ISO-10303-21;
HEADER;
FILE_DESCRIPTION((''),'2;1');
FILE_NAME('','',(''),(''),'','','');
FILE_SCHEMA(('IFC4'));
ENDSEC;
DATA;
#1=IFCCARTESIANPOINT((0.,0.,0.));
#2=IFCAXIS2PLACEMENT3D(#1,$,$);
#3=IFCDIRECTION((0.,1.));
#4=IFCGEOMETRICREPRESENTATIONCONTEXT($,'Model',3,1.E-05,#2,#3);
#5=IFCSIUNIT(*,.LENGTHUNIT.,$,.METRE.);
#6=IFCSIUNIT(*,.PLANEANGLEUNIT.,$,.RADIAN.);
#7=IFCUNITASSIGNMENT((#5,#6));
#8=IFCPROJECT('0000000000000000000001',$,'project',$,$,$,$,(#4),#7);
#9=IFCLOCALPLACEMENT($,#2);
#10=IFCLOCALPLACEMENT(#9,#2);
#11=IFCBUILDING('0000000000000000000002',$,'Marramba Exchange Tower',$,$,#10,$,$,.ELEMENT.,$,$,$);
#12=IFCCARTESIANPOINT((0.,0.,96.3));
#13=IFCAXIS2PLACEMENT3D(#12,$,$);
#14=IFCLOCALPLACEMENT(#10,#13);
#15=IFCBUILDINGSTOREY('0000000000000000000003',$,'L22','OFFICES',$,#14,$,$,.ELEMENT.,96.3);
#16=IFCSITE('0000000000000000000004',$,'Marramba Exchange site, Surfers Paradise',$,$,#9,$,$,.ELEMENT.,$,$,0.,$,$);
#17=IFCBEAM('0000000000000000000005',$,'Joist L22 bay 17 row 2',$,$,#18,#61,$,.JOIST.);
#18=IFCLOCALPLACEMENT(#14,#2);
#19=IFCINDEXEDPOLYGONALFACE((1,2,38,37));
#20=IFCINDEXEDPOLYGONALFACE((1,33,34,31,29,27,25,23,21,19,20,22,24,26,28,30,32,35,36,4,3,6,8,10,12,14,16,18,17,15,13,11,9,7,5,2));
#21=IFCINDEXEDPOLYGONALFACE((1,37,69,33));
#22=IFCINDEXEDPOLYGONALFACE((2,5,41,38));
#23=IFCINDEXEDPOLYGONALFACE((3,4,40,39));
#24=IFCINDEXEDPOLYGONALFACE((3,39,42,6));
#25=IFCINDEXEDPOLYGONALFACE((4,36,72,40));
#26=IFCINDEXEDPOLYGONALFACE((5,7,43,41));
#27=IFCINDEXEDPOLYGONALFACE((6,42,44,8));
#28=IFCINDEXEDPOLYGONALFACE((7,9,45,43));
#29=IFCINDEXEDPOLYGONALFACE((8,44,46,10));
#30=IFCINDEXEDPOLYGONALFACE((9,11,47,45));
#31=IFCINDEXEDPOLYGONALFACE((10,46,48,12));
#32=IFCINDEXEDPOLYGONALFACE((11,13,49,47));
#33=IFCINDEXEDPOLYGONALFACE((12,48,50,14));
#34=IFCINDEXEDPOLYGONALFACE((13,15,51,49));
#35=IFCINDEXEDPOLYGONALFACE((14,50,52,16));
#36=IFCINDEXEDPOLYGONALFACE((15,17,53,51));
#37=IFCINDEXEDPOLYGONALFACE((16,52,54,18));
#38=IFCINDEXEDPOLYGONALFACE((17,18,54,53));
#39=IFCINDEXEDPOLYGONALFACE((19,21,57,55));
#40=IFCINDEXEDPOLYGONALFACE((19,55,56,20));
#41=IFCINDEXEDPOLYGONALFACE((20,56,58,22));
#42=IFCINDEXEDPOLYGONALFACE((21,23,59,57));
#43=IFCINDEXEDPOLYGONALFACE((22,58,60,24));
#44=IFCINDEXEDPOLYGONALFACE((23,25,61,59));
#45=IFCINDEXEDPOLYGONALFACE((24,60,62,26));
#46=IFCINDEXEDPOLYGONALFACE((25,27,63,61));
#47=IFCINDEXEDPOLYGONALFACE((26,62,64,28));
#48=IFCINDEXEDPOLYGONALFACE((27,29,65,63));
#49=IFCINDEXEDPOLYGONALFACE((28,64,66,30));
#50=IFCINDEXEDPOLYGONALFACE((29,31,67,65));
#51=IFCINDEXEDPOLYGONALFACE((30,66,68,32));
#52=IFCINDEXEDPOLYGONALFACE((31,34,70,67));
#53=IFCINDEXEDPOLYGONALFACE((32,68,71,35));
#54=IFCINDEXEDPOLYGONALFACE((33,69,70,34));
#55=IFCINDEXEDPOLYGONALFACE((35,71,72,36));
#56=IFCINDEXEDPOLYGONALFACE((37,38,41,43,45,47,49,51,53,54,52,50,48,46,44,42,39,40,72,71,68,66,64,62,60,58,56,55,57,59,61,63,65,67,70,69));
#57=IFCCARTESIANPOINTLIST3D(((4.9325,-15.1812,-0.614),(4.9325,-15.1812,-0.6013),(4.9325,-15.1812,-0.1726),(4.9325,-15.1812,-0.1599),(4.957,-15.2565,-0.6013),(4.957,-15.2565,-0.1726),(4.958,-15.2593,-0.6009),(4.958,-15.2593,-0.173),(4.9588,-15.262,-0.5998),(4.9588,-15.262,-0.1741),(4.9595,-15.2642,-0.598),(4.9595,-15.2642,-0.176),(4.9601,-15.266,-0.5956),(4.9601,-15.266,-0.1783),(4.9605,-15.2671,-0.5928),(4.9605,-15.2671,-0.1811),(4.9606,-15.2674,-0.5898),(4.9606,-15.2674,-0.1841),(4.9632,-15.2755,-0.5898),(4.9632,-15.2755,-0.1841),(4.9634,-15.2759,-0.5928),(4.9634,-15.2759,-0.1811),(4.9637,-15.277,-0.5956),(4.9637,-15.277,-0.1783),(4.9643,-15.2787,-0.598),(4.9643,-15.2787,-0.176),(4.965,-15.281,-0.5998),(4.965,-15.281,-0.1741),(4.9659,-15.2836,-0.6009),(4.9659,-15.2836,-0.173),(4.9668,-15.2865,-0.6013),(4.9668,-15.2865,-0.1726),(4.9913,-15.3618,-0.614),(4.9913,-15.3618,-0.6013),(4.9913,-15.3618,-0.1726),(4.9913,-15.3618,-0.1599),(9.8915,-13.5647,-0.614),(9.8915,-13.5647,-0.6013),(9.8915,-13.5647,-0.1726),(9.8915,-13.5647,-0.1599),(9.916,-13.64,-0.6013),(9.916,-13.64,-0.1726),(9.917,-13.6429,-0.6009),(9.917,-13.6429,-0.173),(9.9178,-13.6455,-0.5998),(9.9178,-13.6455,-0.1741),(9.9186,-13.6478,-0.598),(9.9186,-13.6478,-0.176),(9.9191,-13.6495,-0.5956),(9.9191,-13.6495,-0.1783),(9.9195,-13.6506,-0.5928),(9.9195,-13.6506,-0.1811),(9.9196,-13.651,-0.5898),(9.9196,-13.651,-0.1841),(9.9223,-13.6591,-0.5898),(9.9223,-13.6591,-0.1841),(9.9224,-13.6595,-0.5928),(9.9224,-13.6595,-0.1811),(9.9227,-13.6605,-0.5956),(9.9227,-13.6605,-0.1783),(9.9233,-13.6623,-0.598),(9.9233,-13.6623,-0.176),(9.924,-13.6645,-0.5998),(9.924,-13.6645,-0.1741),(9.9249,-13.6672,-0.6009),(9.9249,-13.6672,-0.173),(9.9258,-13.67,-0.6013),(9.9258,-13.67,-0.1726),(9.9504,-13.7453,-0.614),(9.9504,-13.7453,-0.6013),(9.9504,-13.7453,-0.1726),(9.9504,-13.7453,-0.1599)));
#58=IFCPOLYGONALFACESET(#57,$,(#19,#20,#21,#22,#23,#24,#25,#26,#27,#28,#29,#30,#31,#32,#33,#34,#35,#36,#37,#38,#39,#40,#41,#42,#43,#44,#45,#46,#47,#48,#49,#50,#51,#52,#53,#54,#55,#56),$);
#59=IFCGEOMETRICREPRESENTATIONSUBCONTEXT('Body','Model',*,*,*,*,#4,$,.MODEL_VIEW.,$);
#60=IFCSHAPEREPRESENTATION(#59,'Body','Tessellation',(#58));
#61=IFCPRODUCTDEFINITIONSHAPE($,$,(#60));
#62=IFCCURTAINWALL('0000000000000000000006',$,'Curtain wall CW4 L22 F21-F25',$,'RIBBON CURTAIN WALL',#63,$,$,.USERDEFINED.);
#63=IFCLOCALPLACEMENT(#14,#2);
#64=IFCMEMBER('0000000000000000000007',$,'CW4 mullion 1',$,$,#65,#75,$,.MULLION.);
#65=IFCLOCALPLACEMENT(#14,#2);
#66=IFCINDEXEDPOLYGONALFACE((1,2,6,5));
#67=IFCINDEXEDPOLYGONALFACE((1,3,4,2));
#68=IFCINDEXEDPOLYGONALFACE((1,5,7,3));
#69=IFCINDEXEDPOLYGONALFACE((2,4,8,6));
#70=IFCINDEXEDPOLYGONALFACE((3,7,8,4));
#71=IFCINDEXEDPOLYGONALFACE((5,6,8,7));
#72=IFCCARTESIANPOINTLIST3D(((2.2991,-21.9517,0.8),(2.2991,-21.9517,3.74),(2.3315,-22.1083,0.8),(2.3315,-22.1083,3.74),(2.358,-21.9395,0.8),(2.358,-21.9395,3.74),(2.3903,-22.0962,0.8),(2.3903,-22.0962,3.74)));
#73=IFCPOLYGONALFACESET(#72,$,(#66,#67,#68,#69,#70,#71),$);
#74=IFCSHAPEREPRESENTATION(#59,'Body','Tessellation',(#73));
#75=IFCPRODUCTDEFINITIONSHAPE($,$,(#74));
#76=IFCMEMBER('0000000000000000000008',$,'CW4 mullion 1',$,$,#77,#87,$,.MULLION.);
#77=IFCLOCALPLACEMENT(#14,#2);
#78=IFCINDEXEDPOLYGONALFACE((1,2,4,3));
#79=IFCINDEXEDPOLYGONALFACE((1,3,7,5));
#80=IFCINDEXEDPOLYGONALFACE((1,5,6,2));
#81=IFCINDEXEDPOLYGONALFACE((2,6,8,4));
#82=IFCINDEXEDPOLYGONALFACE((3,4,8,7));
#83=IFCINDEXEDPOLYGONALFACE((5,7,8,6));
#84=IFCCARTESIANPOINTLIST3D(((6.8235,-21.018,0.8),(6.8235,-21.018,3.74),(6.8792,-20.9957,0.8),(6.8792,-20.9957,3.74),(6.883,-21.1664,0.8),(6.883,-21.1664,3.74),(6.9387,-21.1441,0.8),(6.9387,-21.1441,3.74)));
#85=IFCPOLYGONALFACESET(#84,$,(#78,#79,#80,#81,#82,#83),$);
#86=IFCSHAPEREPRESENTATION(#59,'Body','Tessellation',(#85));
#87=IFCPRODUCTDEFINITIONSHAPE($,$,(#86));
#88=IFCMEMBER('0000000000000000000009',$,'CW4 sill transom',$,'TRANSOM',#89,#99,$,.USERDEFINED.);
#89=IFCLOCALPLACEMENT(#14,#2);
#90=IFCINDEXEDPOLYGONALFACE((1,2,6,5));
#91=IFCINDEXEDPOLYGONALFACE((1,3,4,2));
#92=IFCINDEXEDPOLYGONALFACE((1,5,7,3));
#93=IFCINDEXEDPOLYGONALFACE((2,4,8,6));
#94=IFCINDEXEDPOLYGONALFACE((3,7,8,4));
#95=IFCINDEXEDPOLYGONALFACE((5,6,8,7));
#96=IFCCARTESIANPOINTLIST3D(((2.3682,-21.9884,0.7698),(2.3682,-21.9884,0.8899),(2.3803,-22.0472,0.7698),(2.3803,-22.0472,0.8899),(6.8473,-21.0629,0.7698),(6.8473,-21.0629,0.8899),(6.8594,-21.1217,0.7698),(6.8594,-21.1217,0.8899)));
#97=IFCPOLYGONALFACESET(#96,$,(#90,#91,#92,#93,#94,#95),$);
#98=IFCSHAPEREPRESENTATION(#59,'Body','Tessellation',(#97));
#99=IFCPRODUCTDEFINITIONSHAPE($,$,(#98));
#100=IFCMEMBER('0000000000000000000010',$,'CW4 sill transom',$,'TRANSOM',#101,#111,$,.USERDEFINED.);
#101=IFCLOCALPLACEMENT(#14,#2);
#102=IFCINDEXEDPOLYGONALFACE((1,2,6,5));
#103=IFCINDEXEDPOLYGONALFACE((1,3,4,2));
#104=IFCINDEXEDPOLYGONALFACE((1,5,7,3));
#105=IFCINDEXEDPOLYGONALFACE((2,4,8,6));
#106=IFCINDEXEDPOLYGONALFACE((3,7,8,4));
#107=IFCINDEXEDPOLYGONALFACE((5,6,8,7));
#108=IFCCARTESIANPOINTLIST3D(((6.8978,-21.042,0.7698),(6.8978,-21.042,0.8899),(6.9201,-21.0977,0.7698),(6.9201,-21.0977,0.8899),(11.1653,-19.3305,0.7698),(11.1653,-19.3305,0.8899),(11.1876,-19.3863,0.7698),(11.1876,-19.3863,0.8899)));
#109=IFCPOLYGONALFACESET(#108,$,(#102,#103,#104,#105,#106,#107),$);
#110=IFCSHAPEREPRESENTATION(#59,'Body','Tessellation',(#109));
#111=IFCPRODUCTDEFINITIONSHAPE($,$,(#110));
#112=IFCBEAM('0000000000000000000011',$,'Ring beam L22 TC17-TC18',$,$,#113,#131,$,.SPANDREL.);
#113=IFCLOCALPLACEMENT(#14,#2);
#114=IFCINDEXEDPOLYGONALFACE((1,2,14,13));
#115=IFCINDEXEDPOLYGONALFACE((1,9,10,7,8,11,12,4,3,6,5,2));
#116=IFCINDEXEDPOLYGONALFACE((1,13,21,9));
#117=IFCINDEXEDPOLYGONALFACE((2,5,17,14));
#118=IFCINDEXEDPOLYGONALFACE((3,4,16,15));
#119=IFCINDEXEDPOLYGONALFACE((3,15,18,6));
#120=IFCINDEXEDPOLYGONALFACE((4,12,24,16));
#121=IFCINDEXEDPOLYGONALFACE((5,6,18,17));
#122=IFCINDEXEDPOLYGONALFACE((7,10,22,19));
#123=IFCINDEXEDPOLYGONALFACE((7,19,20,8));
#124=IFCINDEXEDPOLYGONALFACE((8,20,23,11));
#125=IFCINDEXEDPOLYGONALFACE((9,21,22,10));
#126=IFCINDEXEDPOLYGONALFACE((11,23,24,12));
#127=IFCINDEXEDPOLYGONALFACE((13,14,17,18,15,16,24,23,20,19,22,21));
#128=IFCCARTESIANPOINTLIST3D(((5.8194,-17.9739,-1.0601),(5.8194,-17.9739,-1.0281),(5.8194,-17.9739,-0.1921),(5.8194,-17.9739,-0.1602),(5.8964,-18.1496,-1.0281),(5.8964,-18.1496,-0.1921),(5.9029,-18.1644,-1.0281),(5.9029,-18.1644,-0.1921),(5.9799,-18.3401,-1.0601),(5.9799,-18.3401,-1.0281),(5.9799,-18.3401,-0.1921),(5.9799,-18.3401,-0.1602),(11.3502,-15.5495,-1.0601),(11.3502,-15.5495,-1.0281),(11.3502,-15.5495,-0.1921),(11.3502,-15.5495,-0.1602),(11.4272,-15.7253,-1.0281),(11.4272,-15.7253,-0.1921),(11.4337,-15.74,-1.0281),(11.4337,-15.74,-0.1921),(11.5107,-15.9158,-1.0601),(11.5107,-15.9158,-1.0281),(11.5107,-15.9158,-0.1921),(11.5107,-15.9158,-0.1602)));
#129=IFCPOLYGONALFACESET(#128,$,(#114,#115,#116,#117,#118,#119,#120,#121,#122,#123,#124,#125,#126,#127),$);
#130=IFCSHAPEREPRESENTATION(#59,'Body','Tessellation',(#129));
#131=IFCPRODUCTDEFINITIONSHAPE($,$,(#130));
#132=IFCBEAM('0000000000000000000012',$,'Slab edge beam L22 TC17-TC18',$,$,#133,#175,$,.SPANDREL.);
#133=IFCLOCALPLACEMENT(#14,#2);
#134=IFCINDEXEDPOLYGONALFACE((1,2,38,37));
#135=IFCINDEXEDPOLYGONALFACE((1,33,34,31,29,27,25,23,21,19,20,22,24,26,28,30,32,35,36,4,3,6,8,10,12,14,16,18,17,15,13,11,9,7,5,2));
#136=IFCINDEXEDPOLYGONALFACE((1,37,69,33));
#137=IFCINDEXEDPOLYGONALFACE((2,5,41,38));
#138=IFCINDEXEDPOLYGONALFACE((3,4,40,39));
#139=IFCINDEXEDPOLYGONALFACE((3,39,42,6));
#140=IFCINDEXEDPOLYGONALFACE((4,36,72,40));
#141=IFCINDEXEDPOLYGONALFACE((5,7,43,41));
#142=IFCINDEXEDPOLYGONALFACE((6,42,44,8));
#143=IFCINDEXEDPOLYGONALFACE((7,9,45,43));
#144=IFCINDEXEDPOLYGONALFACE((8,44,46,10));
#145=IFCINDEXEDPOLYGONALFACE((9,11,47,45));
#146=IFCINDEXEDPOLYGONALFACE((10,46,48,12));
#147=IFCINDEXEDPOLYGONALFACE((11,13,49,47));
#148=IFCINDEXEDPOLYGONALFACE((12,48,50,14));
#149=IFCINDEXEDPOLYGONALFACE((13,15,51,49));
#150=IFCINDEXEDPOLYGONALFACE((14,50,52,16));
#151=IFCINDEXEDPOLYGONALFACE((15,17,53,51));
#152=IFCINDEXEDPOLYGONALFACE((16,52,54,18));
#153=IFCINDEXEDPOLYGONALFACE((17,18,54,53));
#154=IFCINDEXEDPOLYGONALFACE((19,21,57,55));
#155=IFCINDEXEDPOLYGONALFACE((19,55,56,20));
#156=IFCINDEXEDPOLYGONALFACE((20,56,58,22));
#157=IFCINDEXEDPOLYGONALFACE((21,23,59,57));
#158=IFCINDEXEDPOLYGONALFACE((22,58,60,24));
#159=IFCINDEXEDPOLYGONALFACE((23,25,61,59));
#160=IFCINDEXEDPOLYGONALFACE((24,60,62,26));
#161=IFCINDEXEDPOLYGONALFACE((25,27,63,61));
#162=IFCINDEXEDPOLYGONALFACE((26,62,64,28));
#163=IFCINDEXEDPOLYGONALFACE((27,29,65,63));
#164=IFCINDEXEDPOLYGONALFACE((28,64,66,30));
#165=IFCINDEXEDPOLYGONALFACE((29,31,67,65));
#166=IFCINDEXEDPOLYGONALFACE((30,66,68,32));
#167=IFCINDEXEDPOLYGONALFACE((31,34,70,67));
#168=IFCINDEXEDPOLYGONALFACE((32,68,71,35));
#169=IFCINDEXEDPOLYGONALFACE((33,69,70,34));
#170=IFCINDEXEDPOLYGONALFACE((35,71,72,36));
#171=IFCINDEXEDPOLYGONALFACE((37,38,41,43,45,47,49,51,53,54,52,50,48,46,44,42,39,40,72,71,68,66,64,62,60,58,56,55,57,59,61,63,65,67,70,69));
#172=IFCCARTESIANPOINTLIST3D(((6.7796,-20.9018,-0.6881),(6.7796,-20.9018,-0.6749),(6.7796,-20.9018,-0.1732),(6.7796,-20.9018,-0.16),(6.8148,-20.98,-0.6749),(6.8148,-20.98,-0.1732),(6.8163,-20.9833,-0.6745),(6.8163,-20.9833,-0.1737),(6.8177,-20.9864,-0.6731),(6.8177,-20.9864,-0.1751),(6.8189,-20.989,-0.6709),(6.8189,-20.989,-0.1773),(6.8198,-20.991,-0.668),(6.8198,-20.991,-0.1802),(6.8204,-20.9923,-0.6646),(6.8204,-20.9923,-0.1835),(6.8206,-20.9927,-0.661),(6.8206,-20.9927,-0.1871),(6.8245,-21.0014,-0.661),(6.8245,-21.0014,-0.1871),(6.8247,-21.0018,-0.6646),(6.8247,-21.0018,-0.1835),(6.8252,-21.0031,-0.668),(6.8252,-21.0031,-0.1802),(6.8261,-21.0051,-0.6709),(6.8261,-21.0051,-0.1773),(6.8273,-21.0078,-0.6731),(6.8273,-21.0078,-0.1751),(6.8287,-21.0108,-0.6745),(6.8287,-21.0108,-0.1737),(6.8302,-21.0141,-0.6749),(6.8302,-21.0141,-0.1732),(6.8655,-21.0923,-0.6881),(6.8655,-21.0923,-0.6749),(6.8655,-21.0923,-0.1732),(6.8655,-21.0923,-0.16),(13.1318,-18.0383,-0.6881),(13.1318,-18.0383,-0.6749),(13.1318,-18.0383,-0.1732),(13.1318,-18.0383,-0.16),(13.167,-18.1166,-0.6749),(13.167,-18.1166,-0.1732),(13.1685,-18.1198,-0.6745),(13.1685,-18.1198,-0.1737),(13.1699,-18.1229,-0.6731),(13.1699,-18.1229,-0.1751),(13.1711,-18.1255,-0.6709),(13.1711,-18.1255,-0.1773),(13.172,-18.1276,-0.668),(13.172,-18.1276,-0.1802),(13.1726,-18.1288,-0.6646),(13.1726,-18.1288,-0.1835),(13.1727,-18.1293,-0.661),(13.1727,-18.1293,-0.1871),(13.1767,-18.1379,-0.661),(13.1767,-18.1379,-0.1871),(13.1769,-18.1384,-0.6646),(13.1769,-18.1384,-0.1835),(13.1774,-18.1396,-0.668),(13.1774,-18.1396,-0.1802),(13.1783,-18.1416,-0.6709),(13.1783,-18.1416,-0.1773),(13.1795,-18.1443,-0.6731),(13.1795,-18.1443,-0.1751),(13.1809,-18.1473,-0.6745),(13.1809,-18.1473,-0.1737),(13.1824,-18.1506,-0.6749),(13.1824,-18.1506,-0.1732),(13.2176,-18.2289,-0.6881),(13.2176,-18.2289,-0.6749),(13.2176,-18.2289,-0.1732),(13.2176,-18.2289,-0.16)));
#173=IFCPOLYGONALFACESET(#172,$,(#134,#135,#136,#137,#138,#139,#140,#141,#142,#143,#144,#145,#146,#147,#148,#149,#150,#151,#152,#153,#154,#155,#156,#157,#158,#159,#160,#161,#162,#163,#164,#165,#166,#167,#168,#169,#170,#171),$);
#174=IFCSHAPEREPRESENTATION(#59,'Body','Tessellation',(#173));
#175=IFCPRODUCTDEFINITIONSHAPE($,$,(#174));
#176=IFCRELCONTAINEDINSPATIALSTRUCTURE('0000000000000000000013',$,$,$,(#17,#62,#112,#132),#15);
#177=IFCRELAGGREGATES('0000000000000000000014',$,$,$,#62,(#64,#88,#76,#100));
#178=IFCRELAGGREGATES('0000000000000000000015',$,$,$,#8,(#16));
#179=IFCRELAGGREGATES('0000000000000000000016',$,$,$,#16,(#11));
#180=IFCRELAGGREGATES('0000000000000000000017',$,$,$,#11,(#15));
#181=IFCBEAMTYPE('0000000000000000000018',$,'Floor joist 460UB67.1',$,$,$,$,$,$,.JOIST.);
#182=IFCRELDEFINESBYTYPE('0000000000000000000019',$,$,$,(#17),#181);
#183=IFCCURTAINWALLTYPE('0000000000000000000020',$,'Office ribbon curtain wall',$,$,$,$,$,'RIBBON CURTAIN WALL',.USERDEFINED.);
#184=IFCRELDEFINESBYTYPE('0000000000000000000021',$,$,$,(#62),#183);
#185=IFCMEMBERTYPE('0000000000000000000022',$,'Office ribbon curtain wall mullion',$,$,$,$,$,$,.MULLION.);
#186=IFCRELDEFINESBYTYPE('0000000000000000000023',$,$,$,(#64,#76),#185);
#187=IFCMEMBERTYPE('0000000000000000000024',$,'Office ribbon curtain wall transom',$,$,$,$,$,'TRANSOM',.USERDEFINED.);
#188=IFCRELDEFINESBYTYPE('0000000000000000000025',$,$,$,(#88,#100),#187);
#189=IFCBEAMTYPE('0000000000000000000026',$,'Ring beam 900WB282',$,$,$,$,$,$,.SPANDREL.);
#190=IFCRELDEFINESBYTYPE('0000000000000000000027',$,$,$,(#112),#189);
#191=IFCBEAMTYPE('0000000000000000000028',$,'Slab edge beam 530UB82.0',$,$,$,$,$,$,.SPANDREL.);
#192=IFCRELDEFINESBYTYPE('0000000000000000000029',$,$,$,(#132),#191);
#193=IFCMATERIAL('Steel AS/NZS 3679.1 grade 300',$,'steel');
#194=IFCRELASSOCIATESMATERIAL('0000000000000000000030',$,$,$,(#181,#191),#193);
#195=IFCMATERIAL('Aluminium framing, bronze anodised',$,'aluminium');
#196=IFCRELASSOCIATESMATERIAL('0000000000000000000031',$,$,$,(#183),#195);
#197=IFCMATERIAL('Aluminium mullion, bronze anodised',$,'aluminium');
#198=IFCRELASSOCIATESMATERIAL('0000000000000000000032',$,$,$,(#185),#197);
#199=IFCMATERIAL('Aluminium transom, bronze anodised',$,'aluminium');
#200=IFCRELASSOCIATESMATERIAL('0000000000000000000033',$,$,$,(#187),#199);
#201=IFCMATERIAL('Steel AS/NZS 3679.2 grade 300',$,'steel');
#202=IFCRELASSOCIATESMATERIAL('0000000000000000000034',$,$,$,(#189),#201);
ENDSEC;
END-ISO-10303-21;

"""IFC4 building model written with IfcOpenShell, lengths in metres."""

from ifc_helpers import new_model, si_unit, direction, frame, origin, origin_2d, place, context, subcontext, project, spatial, rectangle, i_section, extrude, material, material_profile, profile_set, type_object, element, aggregate, save


model = new_model("IFC4")

# Units and contexts
model_context = context("Model", 3, precision=1e-05, world=origin(), true_north=direction((0.0, 1.0)))
body_context = subcontext(model_context, "Body", "Model", "MODEL_VIEW")
ifc_project = project(units=[si_unit("LENGTHUNIT", "METRE"), si_unit("PLANEANGLEUNIT", "RADIAN")], contexts=[model_context])

# Site, building, storey
site_placement = place(None, origin())
site = spatial("IfcSite", under=ifc_project, at=site_placement, Name="Marramba Exchange site, Surfers Paradise", CompositionType="ELEMENT", RefElevation=0.0)
building_placement = place(site_placement, origin())
building = spatial("IfcBuilding", under=site, at=building_placement, Name="Marramba Exchange Tower", CompositionType="ELEMENT")
storey_placement = place(building_placement, frame((0.0, 0.0, 96.3)))
storey = spatial("IfcBuildingStorey", under=building, at=storey_placement, Name="L22", Description="OFFICES", CompositionType="ELEMENT", Elevation=96.3)

# Beam
ifc_material_1 = material(Name="Steel AS/NZS 3679.2 grade 300", Category="steel")
ifc_material_2 = material(Name="Steel AS/NZS 3679.1 grade 300", Category="steel")
ifc_material_profile_1 = material_profile(ifc_material_2, i_section(OverallWidth=0.1899, OverallDepth=0.4541, WebThickness=0.0085, FlangeThickness=0.0127, FilletRadius=0.0115, at=origin_2d()), Name="460UB67.1")
ifc_profile_set_1 = profile_set([ifc_material_profile_1], Name="Steel AS/NZS 3679.1 grade 300")
beam_type_1 = type_object("IfcBeamType", Name="Floor joist 460UB67.1", PredefinedType="JOIST", material=ifc_profile_set_1)
beam_1_placement = place(storey_placement, frame((4.9619, -15.2715, -0.387), z_axis=(0.950764, 0.309916, 0.0), x_axis=(-0.309916, 0.950764, 0.0)))
element("IfcBeam", 1, at=beam_1_placement, inside=storey, type_object=beam_type_1, Name="Joist L22 bay 17 row 2", PredefinedType="JOIST", context=body_context, shape_type="SweptSolid", body=[
    extrude(i_section(OverallWidth=0.1899, OverallDepth=0.4541, WebThickness=0.0085, FlangeThickness=0.0127, FilletRadius=0.0115, at=origin_2d()), origin(), (0.0, 0.0, 1.0), 5.2158),
])

# Curtain wall, members
ifc_material_3 = material(Name="Aluminium framing, bronze anodised", Category="aluminium")
curtain_wall_type = type_object("IfcCurtainWallType", Name="Office ribbon curtain wall", ElementType="RIBBON CURTAIN WALL", PredefinedType="USERDEFINED", material=ifc_material_3)
curtain_wall_placement = place(storey_placement, origin())
curtain_wall = element("IfcCurtainWall", 2, at=curtain_wall_placement, inside=storey, type_object=curtain_wall_type, Name="Curtain wall CW4 L22 F21-F25", ObjectType="RIBBON CURTAIN WALL", PredefinedType="USERDEFINED")
ifc_material_4 = material(Name="Aluminium mullion, bronze anodised", Category="aluminium")
ifc_material_profile_2 = material_profile(ifc_material_4, rectangle(XDim=0.1599, YDim=0.0601, at=origin_2d()), Name="CW4 mullion 60x160")
ifc_profile_set_2 = profile_set([ifc_material_profile_2], Name="Aluminium mullion, bronze anodised")
member_type_1 = type_object("IfcMemberType", Name="Office ribbon curtain wall mullion", PredefinedType="MULLION", material=ifc_profile_set_2)
member_1_placement = place(storey_placement, frame((2.3447, -22.0239, 0.8), z_axis=(0.0, 0.0, 1.0), x_axis=(-0.202365, 0.97931, 0.0)))
member_1 = element("IfcMember", 3, at=member_1_placement, type_object=member_type_1, Name="CW4 mullion 1", PredefinedType="MULLION", context=body_context, shape_type="SweptSolid", body=[
    extrude(rectangle(XDim=0.1599, YDim=0.0601, at=origin_2d()), origin(), (0.0, 0.0, 1.0), 2.9399),
])
member_2_placement = place(storey_placement, frame((6.8811, -21.0811, 0.8), z_axis=(0.0, 0.0, 1.0), x_axis=(-0.372209, 0.928149, 0.0)))
member_2 = element("IfcMember", 4, at=member_2_placement, type_object=member_type_1, Name="CW4 mullion 1", PredefinedType="MULLION", context=body_context, shape_type="SweptSolid", body=[
    extrude(rectangle(XDim=0.1599, YDim=0.0601, at=origin_2d()), origin(), (0.0, 0.0, 1.0), 2.9399),
])
ifc_material_5 = material(Name="Aluminium transom, bronze anodised", Category="aluminium")
ifc_material_profile_3 = material_profile(ifc_material_5, rectangle(XDim=0.0601, YDim=0.1201, at=origin_2d()), Name="CW4 transom 60x120")
ifc_profile_set_3 = profile_set([ifc_material_profile_3], Name="Aluminium transom, bronze anodised")
member_type_2 = type_object("IfcMemberType", Name="Office ribbon curtain wall transom", ElementType="TRANSOM", PredefinedType="USERDEFINED", material=ifc_profile_set_3)
member_3_placement = place(storey_placement, frame((2.3743, -22.0178, 0.8298), z_axis=(0.97931, 0.202364, 0.0), x_axis=(-0.202364, 0.97931, 0.0)))
member_3 = element("IfcMember", 5, at=member_3_placement, type_object=member_type_2, Name="CW4 sill transom", ObjectType="TRANSOM", PredefinedType="USERDEFINED", context=body_context, shape_type="SweptSolid", body=[
    extrude(rectangle(XDim=0.0601, YDim=0.1201, at=origin_2d()), origin(), (0.0, 0.0, 1.0), 4.5737),
])
member_4_placement = place(storey_placement, frame((6.9089, -21.0698, 0.8298), z_axis=(0.928147, 0.372214, 0.0), x_axis=(-0.372214, 0.928147, 0.0)))
member_4 = element("IfcMember", 6, at=member_4_placement, type_object=member_type_2, Name="CW4 sill transom", ObjectType="TRANSOM", PredefinedType="USERDEFINED", context=body_context, shape_type="SweptSolid", body=[
    extrude(rectangle(XDim=0.0601, YDim=0.1201, at=origin_2d()), origin(), (0.0, 0.0, 1.0), 4.5979),
])

# Beams
ifc_material_profile_4 = material_profile(ifc_material_1, i_section(OverallWidth=0.3999, OverallDepth=0.8999, WebThickness=0.0161, FlangeThickness=0.032, at=origin_2d()), Name="900WB282")
ifc_profile_set_4 = profile_set([ifc_material_profile_4], Name="Steel AS/NZS 3679.2 grade 300")
beam_type_2 = type_object("IfcBeamType", Name="Ring beam 900WB282", PredefinedType="SPANDREL", material=ifc_profile_set_4)
beam_2_placement = place(storey_placement, frame((5.8997, -18.157, -0.6101), z_axis=(0.915877, 0.401459, 0.0), x_axis=(-0.401459, 0.915877, 0.0)))
element("IfcBeam", 7, at=beam_2_placement, inside=storey, type_object=beam_type_2, Name="Ring beam L22 TC17-TC18", PredefinedType="SPANDREL", context=body_context, shape_type="SweptSolid", body=[
    extrude(i_section(OverallWidth=0.3999, OverallDepth=0.8999, WebThickness=0.0161, FlangeThickness=0.032, at=origin_2d()), origin(), (0.0, 0.0, 1.0), 6.0388),
])
ifc_material_profile_5 = material_profile(ifc_material_2, i_section(OverallWidth=0.209, OverallDepth=0.5281, WebThickness=0.0095, FlangeThickness=0.0132, FilletRadius=0.0139, at=origin_2d()), Name="530UB82.0")
ifc_profile_set_5 = profile_set([ifc_material_profile_5], Name="Steel AS/NZS 3679.1 grade 300")
beam_type_3 = type_object("IfcBeamType", Name="Slab edge beam 530UB82.0", PredefinedType="SPANDREL", material=ifc_profile_set_5)
beam_3_placement = place(storey_placement, frame((6.8225, -20.9971, -0.4241), z_axis=(0.911653, 0.41096, 0.0), x_axis=(-0.41096, 0.911653, 0.0)))
element("IfcBeam", 8, at=beam_3_placement, inside=storey, type_object=beam_type_3, Name="Slab edge beam L22 TC17-TC18", PredefinedType="SPANDREL", context=body_context, shape_type="SweptSolid", body=[
    extrude(i_section(OverallWidth=0.209, OverallDepth=0.5281, WebThickness=0.0095, FlangeThickness=0.0132, FilletRadius=0.0139, at=origin_2d()), origin(), (0.0, 0.0, 1.0), 6.9678),
])

aggregate(curtain_wall, [member_1, member_3, member_2, member_4])

save(model, "model.ifc")
